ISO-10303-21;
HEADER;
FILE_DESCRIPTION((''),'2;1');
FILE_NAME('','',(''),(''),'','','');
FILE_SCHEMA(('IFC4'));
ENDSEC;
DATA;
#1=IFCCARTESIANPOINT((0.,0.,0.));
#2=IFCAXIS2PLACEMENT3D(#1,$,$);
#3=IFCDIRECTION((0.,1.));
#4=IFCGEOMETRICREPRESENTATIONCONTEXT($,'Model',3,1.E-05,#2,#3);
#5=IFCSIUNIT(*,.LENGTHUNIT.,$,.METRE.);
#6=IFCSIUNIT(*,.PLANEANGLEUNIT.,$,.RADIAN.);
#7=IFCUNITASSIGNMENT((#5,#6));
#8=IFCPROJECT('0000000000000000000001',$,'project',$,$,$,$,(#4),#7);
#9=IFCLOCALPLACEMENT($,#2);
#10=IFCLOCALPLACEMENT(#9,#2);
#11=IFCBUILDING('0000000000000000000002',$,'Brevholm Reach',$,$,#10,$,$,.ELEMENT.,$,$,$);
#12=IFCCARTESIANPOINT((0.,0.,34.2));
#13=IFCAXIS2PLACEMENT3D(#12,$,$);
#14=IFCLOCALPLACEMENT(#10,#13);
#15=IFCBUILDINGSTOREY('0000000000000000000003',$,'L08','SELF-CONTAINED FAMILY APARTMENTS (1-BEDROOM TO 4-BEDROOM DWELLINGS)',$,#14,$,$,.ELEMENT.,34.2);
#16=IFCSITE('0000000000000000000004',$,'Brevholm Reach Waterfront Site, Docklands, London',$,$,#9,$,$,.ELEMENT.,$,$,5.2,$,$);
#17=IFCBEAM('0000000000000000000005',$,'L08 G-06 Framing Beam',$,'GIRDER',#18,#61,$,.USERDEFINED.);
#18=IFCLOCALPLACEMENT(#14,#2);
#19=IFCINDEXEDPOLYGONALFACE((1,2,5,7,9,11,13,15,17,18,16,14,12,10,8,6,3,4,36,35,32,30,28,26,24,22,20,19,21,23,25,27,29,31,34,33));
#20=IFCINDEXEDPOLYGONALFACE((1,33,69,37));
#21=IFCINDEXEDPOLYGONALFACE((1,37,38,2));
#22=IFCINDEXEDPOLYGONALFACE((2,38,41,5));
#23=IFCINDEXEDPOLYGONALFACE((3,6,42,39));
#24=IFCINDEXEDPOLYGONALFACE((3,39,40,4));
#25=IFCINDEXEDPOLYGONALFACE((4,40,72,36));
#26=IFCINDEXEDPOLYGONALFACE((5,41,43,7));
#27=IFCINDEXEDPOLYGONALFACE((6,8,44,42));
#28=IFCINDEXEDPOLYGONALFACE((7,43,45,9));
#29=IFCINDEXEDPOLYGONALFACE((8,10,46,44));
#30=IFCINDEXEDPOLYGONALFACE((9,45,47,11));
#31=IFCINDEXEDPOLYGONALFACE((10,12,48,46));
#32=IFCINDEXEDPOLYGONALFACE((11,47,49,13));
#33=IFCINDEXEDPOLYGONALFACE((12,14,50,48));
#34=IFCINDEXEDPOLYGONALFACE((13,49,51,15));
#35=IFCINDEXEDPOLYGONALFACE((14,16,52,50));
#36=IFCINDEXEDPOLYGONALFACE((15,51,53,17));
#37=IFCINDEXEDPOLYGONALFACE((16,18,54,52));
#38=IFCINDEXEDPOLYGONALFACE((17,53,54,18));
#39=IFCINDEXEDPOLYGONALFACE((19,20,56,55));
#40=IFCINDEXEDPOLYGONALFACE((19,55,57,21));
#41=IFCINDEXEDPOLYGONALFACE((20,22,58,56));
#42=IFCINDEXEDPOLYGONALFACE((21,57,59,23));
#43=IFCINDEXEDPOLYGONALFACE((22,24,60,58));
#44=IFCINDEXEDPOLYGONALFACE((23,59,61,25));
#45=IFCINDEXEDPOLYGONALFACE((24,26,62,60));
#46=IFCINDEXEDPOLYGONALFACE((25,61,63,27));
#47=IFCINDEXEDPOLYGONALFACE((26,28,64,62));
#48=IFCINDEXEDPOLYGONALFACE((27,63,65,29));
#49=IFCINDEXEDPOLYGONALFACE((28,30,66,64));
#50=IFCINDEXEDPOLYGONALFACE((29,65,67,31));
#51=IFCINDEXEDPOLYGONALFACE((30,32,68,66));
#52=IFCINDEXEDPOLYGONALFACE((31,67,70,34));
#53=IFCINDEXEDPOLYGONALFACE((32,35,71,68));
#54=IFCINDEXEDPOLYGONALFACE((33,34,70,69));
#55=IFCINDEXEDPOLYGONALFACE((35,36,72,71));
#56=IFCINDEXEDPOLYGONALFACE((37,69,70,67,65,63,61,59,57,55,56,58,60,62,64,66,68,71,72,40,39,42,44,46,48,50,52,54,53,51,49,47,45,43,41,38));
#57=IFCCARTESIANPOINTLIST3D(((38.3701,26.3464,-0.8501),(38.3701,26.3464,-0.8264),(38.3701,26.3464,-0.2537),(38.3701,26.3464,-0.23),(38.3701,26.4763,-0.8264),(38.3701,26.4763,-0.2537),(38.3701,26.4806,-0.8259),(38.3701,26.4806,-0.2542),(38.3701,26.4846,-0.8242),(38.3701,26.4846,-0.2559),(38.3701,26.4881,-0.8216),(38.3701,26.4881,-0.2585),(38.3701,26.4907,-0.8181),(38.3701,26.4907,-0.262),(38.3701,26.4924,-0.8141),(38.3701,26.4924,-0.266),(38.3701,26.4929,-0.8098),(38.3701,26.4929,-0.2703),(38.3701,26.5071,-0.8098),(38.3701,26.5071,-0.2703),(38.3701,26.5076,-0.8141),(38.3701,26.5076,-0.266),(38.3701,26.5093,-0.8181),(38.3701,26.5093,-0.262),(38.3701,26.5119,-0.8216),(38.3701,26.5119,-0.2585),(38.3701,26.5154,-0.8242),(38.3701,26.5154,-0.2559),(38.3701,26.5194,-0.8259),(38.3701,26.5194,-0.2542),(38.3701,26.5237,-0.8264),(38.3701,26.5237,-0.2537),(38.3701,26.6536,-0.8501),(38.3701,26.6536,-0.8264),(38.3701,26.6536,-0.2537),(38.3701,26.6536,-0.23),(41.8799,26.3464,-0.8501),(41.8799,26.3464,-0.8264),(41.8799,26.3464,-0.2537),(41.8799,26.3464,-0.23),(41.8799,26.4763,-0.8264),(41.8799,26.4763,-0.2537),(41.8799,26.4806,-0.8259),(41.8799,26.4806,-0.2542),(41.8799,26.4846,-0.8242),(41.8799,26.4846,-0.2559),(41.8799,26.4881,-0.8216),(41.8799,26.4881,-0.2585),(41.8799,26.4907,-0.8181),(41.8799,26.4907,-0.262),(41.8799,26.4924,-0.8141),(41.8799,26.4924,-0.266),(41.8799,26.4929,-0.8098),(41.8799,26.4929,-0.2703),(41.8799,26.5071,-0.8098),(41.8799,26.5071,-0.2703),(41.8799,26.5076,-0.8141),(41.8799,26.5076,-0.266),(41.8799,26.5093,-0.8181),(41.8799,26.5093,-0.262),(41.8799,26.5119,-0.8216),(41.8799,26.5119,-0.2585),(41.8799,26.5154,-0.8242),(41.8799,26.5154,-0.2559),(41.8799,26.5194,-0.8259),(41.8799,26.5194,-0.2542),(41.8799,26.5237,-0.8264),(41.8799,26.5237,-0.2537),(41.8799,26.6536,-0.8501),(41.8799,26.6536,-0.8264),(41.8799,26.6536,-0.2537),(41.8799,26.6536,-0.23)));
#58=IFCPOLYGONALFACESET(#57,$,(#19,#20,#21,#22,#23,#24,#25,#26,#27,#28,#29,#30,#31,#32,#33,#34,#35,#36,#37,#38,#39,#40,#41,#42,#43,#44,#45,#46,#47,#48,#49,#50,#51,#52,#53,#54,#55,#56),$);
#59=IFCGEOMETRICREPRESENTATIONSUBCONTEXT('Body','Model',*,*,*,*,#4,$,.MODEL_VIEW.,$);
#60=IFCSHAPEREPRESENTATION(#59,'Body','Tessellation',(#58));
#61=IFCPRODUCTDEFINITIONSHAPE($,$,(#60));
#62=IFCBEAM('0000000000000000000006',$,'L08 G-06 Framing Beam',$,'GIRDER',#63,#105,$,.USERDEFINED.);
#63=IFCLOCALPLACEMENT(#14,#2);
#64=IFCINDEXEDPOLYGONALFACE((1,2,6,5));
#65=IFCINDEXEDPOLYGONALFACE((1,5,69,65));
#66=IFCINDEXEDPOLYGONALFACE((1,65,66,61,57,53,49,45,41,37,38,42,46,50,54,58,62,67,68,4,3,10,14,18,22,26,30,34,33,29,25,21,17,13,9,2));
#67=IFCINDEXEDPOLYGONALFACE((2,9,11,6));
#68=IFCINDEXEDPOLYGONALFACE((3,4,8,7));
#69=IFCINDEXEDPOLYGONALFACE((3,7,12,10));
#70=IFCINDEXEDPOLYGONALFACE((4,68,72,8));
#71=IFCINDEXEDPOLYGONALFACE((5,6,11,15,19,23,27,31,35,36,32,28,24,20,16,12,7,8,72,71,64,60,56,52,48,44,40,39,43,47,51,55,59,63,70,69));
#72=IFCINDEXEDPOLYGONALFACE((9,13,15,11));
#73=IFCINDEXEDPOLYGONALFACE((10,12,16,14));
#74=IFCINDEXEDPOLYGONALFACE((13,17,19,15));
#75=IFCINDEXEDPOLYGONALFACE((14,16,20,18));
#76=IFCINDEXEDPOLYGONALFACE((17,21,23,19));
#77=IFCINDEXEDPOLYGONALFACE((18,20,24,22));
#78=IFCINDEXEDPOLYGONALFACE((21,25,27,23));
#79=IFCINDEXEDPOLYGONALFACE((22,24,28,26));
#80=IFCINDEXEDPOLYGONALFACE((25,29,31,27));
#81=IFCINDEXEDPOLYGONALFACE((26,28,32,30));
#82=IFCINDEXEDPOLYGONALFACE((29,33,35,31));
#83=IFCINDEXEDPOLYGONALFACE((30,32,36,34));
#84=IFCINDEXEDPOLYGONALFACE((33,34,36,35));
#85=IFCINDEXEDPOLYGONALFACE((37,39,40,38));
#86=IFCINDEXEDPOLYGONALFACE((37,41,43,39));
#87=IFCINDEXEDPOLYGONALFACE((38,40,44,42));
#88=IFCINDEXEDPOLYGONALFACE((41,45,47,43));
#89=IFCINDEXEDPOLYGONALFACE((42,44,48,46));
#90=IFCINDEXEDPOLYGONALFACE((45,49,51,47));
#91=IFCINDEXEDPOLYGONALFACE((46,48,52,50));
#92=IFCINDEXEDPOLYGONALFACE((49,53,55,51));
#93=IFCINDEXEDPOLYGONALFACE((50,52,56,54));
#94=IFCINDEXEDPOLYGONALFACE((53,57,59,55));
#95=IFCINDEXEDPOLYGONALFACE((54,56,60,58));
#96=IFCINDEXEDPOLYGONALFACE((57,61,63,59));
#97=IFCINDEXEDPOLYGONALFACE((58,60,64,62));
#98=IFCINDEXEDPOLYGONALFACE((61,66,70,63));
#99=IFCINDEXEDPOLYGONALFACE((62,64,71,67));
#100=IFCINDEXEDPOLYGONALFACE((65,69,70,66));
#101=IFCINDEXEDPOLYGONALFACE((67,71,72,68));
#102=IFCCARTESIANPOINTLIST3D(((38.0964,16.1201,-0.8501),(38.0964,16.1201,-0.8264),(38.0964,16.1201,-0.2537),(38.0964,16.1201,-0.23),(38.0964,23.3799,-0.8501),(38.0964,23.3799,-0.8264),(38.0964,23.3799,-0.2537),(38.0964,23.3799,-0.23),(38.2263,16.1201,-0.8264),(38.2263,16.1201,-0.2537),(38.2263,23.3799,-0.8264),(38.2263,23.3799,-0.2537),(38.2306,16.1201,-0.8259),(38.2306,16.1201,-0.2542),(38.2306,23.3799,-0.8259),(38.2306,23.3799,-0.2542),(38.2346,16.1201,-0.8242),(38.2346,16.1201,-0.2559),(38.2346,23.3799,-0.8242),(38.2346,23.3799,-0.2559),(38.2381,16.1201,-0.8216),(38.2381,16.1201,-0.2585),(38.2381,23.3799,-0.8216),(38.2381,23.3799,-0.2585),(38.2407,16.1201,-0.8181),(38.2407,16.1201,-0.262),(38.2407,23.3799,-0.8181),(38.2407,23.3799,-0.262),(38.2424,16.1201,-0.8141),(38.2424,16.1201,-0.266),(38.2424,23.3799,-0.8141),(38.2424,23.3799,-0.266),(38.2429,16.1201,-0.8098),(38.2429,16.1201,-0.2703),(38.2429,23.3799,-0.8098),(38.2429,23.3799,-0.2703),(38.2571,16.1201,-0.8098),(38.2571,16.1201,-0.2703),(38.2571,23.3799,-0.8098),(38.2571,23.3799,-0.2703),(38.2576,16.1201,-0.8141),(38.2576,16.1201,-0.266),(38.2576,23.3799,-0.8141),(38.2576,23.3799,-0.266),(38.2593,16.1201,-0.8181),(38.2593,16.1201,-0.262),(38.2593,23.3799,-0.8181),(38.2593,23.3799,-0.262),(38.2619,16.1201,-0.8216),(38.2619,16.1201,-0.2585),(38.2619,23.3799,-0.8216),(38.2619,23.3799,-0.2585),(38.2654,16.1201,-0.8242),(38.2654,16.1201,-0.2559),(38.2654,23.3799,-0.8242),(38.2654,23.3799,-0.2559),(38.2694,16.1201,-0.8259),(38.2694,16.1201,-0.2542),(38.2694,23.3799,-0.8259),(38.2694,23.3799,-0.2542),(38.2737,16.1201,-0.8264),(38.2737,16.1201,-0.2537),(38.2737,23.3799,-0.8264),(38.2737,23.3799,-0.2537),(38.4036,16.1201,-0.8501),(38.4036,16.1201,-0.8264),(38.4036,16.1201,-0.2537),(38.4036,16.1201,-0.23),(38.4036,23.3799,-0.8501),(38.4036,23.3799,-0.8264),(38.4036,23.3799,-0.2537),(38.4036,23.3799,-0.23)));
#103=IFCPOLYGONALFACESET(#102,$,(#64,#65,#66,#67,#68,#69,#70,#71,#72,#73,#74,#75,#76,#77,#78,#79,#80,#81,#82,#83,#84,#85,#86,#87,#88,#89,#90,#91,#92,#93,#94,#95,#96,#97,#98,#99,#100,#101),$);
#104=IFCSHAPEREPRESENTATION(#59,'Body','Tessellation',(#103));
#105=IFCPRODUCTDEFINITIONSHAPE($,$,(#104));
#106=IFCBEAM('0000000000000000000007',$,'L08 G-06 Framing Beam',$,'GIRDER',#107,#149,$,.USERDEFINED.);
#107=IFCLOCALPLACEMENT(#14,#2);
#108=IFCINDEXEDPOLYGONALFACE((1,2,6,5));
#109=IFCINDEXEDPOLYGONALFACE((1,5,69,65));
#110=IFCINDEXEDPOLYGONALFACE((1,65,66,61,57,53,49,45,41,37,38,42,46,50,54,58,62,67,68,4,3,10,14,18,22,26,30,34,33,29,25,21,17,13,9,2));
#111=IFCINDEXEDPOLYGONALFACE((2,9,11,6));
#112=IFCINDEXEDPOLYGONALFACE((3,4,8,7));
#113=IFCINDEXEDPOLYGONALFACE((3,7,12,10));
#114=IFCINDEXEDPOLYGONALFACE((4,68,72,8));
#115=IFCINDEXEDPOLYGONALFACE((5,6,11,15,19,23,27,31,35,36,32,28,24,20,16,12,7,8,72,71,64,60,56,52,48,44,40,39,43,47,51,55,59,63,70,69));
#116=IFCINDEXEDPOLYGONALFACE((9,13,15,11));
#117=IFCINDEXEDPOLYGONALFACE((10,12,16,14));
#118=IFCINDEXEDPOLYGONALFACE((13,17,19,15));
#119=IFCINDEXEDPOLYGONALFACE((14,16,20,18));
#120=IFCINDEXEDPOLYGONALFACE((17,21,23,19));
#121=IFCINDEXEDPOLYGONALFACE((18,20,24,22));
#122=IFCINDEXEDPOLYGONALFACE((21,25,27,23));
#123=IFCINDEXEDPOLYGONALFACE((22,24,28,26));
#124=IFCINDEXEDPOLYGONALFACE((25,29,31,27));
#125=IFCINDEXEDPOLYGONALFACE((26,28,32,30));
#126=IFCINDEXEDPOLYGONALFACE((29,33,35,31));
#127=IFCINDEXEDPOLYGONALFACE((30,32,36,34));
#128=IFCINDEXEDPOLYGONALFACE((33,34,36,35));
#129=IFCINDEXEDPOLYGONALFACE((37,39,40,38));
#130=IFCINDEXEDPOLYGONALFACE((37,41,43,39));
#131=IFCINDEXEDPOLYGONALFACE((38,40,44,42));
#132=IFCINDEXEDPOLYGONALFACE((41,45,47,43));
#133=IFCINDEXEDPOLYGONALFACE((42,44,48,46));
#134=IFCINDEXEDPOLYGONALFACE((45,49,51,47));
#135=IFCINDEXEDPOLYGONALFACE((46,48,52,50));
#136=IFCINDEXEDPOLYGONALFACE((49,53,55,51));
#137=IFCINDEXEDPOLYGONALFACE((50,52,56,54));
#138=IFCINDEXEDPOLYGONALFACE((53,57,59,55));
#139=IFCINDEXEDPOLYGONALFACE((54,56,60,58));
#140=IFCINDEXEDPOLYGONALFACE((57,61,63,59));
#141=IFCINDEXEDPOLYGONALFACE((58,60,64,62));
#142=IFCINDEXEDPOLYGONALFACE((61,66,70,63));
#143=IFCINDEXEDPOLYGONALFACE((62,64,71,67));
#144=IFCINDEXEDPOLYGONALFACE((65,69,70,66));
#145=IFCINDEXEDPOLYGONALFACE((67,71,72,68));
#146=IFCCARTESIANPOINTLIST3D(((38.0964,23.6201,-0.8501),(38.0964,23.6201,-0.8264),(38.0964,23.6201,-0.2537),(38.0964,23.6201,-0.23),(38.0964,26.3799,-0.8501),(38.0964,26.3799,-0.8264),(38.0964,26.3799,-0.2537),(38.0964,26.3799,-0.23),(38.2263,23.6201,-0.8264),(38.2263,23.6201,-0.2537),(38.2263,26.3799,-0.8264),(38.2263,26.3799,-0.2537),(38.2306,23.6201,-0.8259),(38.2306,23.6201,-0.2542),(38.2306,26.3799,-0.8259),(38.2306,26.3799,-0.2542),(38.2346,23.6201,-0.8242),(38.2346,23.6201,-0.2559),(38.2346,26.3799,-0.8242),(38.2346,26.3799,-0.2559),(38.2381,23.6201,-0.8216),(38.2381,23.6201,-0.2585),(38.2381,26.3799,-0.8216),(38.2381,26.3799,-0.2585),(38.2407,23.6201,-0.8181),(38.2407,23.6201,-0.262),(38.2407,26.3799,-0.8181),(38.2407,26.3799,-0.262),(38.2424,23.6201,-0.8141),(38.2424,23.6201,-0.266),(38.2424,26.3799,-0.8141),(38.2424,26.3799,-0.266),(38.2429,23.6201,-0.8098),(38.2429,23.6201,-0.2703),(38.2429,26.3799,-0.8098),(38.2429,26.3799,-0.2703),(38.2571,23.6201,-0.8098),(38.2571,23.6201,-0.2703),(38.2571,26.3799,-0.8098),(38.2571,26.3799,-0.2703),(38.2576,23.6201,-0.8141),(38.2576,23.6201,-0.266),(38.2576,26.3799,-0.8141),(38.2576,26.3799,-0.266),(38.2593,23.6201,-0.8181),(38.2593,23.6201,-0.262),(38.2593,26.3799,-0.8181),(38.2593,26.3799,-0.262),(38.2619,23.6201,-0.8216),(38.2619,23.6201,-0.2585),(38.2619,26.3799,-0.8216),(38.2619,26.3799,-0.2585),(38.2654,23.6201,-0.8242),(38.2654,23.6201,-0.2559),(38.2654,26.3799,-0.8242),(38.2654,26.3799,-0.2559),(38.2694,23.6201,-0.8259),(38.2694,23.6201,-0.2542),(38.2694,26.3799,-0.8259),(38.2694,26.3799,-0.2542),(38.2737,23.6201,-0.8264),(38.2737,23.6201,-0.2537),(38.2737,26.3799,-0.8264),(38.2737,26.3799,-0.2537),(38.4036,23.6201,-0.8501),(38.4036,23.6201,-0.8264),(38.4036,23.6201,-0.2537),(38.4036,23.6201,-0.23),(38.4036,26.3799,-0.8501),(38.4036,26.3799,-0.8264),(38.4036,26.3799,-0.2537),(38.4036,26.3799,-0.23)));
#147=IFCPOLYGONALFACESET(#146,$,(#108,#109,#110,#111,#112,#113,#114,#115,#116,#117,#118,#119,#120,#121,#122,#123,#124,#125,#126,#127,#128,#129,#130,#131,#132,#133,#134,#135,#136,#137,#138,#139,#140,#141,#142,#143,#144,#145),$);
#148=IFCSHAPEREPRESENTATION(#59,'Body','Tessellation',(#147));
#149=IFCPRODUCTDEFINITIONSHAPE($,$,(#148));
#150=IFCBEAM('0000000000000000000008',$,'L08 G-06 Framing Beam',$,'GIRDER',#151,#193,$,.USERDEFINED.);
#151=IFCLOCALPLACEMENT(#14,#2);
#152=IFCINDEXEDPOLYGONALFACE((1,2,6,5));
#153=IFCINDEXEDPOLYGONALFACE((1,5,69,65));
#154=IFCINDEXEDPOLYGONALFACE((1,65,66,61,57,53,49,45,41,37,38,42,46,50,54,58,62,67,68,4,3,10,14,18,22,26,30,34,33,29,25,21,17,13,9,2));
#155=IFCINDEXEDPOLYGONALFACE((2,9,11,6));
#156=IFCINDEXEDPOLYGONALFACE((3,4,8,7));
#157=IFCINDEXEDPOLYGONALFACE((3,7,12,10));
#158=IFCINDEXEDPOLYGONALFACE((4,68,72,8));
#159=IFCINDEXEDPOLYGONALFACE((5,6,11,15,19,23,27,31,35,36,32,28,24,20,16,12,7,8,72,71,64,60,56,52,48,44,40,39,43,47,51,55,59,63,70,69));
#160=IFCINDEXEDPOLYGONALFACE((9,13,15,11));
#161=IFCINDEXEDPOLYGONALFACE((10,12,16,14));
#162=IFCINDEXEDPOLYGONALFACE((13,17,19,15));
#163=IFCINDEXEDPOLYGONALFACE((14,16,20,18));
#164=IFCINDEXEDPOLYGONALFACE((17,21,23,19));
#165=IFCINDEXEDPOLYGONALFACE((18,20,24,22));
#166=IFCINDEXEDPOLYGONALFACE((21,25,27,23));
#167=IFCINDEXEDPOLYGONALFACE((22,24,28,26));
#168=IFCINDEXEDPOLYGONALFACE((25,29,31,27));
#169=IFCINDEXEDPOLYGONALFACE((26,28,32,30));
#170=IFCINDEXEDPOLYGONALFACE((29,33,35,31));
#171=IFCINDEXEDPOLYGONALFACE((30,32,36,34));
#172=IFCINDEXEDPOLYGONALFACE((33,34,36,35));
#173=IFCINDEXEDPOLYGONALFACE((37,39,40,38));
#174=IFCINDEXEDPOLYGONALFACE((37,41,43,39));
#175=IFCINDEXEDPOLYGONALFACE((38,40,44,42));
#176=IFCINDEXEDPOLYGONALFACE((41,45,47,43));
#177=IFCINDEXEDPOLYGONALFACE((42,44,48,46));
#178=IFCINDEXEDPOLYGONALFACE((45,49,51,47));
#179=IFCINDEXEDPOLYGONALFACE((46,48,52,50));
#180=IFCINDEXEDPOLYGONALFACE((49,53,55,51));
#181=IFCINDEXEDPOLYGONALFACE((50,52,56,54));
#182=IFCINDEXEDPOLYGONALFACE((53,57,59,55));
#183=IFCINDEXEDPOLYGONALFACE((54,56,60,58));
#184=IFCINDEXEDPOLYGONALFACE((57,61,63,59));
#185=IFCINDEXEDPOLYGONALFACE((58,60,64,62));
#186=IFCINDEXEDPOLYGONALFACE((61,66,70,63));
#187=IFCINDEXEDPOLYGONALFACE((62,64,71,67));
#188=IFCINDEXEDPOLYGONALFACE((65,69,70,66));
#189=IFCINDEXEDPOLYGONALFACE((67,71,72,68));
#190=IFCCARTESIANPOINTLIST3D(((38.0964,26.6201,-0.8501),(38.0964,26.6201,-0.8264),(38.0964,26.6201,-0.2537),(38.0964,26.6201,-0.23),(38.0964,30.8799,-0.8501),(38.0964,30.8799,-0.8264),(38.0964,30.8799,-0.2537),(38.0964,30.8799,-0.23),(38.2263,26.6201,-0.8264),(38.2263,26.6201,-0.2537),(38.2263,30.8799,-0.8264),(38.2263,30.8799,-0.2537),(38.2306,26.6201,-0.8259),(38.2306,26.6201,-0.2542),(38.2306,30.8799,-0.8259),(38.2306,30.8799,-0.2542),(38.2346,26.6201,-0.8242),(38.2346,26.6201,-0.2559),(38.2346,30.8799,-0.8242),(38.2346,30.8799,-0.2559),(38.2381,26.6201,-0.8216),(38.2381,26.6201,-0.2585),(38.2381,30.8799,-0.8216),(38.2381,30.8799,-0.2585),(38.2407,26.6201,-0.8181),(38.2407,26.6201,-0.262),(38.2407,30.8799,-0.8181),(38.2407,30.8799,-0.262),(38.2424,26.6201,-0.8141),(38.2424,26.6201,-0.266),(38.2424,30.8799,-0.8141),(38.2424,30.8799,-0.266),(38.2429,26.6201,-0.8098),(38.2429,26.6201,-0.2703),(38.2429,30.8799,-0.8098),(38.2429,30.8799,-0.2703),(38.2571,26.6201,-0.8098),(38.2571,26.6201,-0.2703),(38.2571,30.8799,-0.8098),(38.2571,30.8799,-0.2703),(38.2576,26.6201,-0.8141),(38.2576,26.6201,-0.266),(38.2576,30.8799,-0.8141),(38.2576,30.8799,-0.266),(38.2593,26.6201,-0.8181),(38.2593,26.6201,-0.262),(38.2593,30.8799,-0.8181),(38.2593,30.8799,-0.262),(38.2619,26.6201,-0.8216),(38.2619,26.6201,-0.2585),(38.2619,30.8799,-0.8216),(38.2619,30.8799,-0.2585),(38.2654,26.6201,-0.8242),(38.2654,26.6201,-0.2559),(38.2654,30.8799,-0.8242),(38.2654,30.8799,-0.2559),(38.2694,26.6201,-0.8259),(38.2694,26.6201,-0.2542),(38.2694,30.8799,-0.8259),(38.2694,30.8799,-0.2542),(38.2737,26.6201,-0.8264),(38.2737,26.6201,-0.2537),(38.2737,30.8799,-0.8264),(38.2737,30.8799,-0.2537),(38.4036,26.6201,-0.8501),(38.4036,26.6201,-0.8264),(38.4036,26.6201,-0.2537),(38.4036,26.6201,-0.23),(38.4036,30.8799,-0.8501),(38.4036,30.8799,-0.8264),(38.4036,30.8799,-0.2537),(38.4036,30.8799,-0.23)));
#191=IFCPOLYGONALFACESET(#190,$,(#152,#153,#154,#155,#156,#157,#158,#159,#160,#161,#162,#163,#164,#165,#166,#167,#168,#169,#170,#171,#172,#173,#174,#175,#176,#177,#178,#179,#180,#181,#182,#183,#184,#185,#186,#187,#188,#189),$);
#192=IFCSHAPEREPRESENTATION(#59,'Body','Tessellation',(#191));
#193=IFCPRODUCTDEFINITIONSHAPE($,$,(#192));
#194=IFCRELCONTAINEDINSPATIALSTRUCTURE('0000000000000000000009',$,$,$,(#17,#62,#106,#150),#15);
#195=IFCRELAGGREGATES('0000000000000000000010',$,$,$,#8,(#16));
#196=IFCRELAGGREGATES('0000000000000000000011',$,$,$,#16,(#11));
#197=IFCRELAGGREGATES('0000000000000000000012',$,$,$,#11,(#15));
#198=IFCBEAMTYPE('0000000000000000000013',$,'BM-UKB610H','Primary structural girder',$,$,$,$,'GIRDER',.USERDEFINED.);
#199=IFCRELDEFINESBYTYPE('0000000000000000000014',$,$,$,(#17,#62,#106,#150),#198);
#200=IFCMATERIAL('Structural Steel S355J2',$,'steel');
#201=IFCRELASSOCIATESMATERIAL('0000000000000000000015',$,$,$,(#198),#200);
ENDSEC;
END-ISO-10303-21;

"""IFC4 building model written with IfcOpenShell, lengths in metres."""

from ifc_helpers import new_model, si_unit, direction, frame, origin, origin_2d, place, context, subcontext, project, spatial, i_section, extrude, material, material_profile, profile_set, type_object, element, save


model = new_model("IFC4")

# Units and contexts
model_context = context("Model", 3, precision=1e-05, world=origin(), true_north=direction((0.0, 1.0)))
body_context = subcontext(model_context, "Body", "Model", "MODEL_VIEW")
ifc_project = project(units=[si_unit("LENGTHUNIT", "METRE"), si_unit("PLANEANGLEUNIT", "RADIAN")], contexts=[model_context])

# Site, building, storey
site_placement = place(None, origin())
site = spatial("IfcSite", under=ifc_project, at=site_placement, Name="Brevholm Reach Waterfront Site, Docklands, London", CompositionType="ELEMENT", RefElevation=5.2)
building_placement = place(site_placement, origin())
building = spatial("IfcBuilding", under=site, at=building_placement, Name="Brevholm Reach", CompositionType="ELEMENT")
storey_placement = place(building_placement, frame((0.0, 0.0, 34.2)))
storey = spatial("IfcBuildingStorey", under=building, at=storey_placement, Name="L08", Description="SELF-CONTAINED FAMILY APARTMENTS (1-BEDROOM TO 4-BEDROOM DWELLINGS)", CompositionType="ELEMENT", Elevation=34.2)

# Beams
ifc_material_1 = material(Name="Structural Steel S355J2", Category="steel")
ifc_material_profile_1 = material_profile(ifc_material_1, i_section(OverallWidth=0.3071, OverallDepth=0.6201, WebThickness=0.0142, FlangeThickness=0.0237, FilletRadius=0.0166, at=origin_2d()), Name="UKB 610x305x179")
ifc_profile_set_1 = profile_set([ifc_material_profile_1], Name="Structural Steel S355J2")
beam_type_1 = type_object("IfcBeamType", Name="BM-UKB610H", Description="Primary structural girder", ElementType="GIRDER", PredefinedType="USERDEFINED", material=ifc_profile_set_1)
for number, where, z_axis, x_axis, name in (
    (1, (38.3701, 26.5, -0.54), (1.0, 0.0, 0.0), (0.0, 1.0, 0.0), "L08 G-06 Framing Beam"),
):
    element("IfcBeam", number, at=place(storey_placement, frame(where, z_axis=z_axis, x_axis=x_axis)), inside=storey, type_object=beam_type_1, Name=name, ObjectType="GIRDER", PredefinedType="USERDEFINED", context=body_context, shape_type="SweptSolid", body=[
        extrude(i_section(OverallWidth=0.3071, OverallDepth=0.6201, WebThickness=0.0142, FlangeThickness=0.0237, FilletRadius=0.0166, at=origin_2d()), origin(), (0.0, 0.0, 1.0), 3.5098),
    ])
beam_1_placement = place(storey_placement, frame((38.25, 16.1201, -0.54), z_axis=(0.0, 1.0, 0.0), x_axis=(-1.0, 0.0, 0.0)))
element("IfcBeam", 2, at=beam_1_placement, inside=storey, type_object=beam_type_1, Name="L08 G-06 Framing Beam", ObjectType="GIRDER", PredefinedType="USERDEFINED", context=body_context, shape_type="SweptSolid", body=[
    extrude(i_section(OverallWidth=0.3071, OverallDepth=0.6201, WebThickness=0.0142, FlangeThickness=0.0237, FilletRadius=0.0166, at=origin_2d()), origin(), (0.0, 0.0, 1.0), 7.2598),
])
beam_2_placement = place(storey_placement, frame((38.25, 23.6201, -0.54), z_axis=(0.0, 1.0, 0.0), x_axis=(-1.0, 0.0, 0.0)))
element("IfcBeam", 3, at=beam_2_placement, inside=storey, type_object=beam_type_1, Name="L08 G-06 Framing Beam", ObjectType="GIRDER", PredefinedType="USERDEFINED", context=body_context, shape_type="SweptSolid", body=[
    extrude(i_section(OverallWidth=0.3071, OverallDepth=0.6201, WebThickness=0.0142, FlangeThickness=0.0237, FilletRadius=0.0166, at=origin_2d()), origin(), (0.0, 0.0, 1.0), 2.7598),
])
beam_3_placement = place(storey_placement, frame((38.25, 26.6201, -0.54), z_axis=(0.0, 1.0, 0.0), x_axis=(-1.0, 0.0, 0.0)))
element("IfcBeam", 4, at=beam_3_placement, inside=storey, type_object=beam_type_1, Name="L08 G-06 Framing Beam", ObjectType="GIRDER", PredefinedType="USERDEFINED", context=body_context, shape_type="SweptSolid", body=[
    extrude(i_section(OverallWidth=0.3071, OverallDepth=0.6201, WebThickness=0.0142, FlangeThickness=0.0237, FilletRadius=0.0166, at=origin_2d()), origin(), (0.0, 0.0, 1.0), 4.2598),
])

save(model, "model.ifc")
